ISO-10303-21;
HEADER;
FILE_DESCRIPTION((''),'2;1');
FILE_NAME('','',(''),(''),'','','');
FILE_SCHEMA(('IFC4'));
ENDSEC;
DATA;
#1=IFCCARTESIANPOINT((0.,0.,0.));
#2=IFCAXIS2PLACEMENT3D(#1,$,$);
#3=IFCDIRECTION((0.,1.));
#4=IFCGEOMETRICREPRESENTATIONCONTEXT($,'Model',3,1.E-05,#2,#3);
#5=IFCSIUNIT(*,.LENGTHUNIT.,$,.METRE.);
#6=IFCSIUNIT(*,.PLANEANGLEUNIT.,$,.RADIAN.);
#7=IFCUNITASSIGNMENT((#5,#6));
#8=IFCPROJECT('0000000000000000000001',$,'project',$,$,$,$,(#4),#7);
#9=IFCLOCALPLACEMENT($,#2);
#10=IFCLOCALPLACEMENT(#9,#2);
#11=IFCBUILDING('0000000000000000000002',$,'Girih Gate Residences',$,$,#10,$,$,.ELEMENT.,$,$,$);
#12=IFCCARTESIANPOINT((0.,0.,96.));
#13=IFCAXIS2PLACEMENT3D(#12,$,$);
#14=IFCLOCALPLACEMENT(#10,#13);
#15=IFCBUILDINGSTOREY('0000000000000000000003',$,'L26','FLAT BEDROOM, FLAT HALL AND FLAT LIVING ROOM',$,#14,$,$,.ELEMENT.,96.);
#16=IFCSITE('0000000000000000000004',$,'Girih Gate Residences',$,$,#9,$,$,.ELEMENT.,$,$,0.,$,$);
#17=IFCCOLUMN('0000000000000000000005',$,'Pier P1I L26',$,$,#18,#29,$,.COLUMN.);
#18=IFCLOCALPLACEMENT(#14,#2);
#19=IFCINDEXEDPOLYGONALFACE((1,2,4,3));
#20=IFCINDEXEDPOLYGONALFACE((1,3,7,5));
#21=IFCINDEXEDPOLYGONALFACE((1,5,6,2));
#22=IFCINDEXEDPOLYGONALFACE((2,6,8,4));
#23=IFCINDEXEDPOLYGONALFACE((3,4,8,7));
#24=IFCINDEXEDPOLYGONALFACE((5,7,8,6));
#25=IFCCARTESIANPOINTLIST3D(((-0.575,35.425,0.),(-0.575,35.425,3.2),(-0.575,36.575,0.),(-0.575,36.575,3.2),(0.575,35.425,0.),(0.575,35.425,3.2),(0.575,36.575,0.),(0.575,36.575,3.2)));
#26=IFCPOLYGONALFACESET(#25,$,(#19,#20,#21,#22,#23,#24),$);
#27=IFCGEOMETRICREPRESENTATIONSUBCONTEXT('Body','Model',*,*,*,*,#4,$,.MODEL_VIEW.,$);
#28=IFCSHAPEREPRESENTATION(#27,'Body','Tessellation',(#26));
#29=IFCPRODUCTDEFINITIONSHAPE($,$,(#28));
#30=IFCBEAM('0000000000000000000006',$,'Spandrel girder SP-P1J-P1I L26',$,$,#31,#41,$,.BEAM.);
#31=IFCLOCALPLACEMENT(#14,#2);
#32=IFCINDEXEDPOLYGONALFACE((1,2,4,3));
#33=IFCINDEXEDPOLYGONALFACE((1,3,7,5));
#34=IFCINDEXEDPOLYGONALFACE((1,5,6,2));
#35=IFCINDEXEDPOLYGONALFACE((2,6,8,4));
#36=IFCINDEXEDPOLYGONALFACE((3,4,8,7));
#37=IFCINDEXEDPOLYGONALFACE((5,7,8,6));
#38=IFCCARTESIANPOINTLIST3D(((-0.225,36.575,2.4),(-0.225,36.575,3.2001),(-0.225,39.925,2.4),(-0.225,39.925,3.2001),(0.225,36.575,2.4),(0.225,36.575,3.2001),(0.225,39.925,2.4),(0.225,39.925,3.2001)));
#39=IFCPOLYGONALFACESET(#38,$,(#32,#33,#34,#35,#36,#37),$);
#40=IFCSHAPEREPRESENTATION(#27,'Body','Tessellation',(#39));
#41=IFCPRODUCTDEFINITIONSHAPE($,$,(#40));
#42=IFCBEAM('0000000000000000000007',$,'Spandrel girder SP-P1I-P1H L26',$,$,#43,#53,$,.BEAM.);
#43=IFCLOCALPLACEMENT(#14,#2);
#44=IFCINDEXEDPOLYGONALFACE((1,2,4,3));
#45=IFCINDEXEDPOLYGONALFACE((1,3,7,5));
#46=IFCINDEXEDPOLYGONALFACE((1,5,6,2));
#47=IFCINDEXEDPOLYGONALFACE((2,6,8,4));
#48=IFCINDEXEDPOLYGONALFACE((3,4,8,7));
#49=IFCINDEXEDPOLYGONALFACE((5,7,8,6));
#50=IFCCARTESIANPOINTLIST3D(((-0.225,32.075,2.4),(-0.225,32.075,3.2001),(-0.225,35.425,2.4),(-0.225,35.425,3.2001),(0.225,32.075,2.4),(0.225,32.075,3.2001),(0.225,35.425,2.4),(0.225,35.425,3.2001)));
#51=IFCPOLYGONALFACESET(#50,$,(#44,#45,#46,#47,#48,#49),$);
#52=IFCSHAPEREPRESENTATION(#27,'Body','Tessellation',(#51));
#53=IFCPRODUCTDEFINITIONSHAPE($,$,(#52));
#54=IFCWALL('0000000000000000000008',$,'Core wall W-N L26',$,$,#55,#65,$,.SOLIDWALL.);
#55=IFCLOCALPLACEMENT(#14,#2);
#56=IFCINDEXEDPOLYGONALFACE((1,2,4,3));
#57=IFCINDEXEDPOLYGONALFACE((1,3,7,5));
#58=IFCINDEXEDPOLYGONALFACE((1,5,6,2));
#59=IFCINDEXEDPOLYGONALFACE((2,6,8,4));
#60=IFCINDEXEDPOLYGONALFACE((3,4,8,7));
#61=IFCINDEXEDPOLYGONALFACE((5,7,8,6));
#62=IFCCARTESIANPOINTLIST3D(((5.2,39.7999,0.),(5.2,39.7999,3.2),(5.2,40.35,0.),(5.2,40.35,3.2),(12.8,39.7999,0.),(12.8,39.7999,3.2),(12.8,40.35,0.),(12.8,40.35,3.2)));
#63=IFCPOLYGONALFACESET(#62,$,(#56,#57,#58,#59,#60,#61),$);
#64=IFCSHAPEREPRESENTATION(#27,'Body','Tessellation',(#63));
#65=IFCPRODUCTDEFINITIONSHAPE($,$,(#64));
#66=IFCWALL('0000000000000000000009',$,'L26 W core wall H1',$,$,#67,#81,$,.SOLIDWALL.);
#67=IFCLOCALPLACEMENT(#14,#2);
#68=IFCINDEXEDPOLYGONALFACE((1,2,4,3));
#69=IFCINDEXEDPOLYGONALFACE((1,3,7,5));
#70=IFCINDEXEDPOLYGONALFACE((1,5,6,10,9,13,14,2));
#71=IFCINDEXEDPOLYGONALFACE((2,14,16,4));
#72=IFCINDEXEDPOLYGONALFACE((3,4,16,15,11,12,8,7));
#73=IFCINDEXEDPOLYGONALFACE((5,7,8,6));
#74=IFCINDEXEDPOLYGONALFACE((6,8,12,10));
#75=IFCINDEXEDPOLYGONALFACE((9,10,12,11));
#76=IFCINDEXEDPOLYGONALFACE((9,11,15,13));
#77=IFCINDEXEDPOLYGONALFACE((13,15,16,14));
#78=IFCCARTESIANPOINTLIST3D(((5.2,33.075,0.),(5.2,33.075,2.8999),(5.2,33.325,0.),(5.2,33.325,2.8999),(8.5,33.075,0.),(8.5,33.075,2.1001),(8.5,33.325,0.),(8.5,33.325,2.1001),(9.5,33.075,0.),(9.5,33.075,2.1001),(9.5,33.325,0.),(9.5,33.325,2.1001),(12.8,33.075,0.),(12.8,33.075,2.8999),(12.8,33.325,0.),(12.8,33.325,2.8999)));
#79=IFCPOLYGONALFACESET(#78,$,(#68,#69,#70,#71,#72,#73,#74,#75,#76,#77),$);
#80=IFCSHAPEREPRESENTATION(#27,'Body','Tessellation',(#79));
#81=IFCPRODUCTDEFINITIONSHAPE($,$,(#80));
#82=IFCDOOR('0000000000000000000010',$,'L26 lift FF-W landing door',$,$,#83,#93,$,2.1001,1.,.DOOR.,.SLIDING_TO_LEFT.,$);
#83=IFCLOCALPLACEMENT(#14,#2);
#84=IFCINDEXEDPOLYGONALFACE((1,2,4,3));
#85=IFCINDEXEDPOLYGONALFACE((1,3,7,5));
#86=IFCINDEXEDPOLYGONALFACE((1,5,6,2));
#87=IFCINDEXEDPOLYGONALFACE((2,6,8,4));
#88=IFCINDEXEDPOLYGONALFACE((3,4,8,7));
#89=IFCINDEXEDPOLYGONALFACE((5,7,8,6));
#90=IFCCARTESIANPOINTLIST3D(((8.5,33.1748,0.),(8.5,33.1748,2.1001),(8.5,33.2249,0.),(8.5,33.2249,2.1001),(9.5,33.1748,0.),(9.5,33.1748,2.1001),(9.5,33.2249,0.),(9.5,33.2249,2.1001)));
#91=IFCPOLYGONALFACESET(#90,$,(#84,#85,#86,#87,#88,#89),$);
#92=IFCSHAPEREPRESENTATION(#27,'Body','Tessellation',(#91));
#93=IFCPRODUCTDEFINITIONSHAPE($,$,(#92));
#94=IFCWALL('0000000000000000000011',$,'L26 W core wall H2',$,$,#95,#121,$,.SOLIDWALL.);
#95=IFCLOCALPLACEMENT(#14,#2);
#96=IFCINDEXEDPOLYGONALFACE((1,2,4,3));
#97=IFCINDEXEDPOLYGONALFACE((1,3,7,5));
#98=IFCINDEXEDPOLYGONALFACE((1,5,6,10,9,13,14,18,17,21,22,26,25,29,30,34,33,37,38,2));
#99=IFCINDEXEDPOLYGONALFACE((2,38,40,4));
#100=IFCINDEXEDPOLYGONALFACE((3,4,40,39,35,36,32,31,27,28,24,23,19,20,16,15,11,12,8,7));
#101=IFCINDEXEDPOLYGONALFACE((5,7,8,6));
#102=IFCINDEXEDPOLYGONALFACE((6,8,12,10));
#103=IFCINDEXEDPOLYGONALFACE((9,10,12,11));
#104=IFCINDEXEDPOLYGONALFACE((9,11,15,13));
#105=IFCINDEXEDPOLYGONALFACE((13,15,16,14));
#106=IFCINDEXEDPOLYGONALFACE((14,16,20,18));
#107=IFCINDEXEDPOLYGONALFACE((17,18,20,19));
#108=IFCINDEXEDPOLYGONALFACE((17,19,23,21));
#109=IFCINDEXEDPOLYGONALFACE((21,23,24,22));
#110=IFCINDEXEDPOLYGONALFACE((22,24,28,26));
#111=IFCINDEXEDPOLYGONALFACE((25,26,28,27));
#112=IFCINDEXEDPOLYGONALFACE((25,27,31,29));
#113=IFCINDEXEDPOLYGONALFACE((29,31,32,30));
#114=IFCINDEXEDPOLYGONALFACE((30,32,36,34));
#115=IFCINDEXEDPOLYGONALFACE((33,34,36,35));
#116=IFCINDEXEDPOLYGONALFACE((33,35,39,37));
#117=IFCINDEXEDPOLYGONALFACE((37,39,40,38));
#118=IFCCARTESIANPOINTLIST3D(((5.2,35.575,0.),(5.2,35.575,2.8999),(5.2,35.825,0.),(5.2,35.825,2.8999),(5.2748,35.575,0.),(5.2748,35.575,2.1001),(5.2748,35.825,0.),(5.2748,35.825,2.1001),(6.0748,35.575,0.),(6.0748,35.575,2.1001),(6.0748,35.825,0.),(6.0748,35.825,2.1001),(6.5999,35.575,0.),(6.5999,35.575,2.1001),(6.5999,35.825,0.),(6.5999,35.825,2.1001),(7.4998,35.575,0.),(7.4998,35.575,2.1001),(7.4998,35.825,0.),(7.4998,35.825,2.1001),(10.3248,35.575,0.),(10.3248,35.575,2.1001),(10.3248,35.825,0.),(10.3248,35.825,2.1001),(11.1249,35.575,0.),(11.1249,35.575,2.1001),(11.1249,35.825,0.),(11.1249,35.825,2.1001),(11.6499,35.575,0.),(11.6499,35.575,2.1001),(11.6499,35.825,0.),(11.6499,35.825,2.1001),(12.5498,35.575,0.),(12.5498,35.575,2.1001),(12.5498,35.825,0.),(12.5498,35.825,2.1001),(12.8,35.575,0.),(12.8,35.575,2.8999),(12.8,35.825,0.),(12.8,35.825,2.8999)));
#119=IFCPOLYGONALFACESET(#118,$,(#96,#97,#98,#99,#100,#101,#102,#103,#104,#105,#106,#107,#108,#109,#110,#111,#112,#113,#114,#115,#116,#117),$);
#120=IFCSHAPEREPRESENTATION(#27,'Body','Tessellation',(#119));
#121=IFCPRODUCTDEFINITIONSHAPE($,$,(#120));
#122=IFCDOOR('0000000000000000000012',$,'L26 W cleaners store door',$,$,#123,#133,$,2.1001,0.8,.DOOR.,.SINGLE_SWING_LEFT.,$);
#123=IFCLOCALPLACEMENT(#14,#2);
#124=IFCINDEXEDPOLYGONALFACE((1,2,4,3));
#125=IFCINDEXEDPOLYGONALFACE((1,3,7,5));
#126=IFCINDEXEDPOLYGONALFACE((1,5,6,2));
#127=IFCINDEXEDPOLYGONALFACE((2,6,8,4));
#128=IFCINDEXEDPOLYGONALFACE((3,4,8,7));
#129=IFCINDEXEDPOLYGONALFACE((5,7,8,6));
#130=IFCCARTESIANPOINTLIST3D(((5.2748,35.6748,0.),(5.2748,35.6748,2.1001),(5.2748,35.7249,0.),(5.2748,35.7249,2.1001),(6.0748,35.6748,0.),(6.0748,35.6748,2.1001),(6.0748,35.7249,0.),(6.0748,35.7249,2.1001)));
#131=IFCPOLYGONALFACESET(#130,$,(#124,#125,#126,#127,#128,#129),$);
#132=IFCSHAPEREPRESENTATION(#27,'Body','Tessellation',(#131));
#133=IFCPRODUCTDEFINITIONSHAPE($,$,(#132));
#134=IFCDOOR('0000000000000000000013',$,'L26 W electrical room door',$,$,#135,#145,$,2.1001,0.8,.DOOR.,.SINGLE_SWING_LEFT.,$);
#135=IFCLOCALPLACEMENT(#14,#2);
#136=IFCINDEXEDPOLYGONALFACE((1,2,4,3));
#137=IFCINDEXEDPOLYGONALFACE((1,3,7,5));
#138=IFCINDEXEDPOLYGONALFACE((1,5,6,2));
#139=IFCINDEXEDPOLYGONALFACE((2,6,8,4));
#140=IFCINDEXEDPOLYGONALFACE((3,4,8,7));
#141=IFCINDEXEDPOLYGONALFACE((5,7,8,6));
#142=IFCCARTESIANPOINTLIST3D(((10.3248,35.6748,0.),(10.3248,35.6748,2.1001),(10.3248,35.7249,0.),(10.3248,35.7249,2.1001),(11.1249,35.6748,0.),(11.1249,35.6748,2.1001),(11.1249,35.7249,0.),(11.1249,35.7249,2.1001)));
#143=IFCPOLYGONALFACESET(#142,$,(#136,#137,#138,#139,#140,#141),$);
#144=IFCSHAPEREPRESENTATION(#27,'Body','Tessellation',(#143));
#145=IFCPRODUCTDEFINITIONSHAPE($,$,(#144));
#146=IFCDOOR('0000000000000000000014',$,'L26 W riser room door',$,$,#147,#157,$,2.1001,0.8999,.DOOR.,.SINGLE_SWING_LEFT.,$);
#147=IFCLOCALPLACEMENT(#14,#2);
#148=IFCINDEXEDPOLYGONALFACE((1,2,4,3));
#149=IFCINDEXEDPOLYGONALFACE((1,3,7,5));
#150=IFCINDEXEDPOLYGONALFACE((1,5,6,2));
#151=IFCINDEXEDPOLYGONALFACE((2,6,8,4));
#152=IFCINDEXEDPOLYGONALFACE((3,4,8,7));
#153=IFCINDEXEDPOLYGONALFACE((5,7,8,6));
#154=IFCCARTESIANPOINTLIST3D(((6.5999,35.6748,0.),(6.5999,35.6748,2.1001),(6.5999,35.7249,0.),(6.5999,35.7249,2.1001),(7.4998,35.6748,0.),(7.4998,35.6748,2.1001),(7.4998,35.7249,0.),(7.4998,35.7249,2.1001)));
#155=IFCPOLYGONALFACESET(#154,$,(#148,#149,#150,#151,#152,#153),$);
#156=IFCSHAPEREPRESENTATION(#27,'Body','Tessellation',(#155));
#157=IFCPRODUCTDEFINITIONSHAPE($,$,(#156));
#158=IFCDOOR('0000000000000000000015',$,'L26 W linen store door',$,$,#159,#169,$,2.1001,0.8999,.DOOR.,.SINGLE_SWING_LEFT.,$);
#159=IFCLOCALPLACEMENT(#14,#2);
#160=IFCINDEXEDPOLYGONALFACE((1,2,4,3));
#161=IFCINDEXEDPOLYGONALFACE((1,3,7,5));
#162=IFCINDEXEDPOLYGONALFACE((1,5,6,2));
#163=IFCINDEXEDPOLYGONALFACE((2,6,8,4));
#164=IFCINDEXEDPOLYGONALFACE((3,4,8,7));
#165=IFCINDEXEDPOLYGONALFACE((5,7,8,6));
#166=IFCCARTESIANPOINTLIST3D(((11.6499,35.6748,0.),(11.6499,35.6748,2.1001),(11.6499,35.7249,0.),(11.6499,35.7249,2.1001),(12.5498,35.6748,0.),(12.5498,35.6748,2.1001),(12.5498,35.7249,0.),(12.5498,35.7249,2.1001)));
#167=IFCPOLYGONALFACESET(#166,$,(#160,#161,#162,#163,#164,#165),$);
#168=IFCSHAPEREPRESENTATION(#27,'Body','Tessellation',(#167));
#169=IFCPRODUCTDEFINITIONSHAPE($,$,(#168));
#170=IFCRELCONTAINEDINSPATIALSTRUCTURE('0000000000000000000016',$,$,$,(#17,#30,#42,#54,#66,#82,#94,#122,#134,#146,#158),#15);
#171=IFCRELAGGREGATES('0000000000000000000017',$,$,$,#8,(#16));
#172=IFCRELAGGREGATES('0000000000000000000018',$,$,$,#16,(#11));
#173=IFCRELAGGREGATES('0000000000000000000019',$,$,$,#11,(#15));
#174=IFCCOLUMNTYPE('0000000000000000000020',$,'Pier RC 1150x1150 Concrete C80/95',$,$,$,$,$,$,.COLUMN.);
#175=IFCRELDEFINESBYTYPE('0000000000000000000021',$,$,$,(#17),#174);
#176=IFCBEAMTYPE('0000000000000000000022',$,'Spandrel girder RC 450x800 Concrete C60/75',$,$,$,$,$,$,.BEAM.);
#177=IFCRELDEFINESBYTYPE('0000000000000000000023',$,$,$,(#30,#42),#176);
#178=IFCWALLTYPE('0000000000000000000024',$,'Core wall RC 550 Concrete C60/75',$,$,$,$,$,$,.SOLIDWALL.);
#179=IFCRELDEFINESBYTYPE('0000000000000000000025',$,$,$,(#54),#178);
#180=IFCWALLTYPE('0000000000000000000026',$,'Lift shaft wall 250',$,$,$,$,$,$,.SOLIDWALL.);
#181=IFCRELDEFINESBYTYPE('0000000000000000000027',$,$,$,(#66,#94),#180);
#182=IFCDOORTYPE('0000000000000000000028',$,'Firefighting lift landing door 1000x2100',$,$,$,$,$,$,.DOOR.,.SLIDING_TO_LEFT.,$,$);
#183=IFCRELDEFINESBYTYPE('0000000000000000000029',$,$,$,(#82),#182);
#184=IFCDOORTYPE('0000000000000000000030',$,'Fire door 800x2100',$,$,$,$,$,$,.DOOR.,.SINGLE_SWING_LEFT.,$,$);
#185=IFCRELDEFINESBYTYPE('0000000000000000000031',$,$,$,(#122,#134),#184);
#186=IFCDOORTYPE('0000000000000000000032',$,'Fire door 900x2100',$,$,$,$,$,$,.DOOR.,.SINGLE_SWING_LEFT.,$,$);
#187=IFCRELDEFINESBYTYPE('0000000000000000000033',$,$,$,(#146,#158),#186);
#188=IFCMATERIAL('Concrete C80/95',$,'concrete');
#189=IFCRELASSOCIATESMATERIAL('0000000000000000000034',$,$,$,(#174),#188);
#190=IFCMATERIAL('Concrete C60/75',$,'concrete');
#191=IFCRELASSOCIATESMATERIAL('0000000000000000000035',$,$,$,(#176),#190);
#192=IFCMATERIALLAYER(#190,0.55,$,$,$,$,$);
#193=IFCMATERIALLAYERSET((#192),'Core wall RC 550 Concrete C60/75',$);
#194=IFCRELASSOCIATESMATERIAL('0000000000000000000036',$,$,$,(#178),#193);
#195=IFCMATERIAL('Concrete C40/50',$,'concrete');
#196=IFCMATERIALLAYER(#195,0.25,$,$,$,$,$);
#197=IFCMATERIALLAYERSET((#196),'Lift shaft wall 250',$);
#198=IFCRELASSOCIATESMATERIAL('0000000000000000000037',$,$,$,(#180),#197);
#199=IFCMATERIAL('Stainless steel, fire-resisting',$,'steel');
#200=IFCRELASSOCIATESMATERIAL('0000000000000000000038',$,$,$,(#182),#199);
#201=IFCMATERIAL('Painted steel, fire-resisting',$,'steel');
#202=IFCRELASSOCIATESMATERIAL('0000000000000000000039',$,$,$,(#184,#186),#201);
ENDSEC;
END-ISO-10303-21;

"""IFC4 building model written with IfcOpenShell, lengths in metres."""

from ifc_helpers import new_model, si_unit, direction, frame, frame_2d, origin, origin_2d, place, context, subcontext, project, spatial, rectangle, extrude, material, layer, layer_set, material_profile, profile_set, type_object, element, fill, save


model = new_model("IFC4")

# Units and contexts
model_context = context("Model", 3, precision=1e-05, world=origin(), true_north=direction((0.0, 1.0)))
body_context = subcontext(model_context, "Body", "Model", "MODEL_VIEW")
ifc_project = project(units=[si_unit("LENGTHUNIT", "METRE"), si_unit("PLANEANGLEUNIT", "RADIAN")], contexts=[model_context])

# Site, building, storey
site_placement = place(None, origin())
site = spatial("IfcSite", under=ifc_project, at=site_placement, Name="Girih Gate Residences", CompositionType="ELEMENT", RefElevation=0.0)
building_placement = place(site_placement, origin())
building = spatial("IfcBuilding", under=site, at=building_placement, Name="Girih Gate Residences", CompositionType="ELEMENT")
storey_placement = place(building_placement, frame((0.0, 0.0, 96.0)))
storey = spatial("IfcBuildingStorey", under=building, at=storey_placement, Name="L26", Description="FLAT BEDROOM, FLAT HALL AND FLAT LIVING ROOM", CompositionType="ELEMENT", Elevation=96.0)

# Column
ifc_material_1 = material(Name="Concrete C80/95", Category="concrete")
ifc_material_profile_1 = material_profile(ifc_material_1, rectangle(XDim=1.1499, YDim=1.1499, at=origin_2d()))
ifc_profile_set_1 = profile_set([ifc_material_profile_1], Name="Concrete C80/95")
column_type = type_object("IfcColumnType", Name="Pier RC 1150x1150 Concrete C80/95", PredefinedType="COLUMN", material=ifc_profile_set_1)
column_placement = place(storey_placement, frame((0.0, 36.0, 0.0), z_axis=(0.0, 0.0, 1.0), x_axis=(1.0, 0.0, 0.0)))
element("IfcColumn", 1, at=column_placement, inside=storey, type_object=column_type, Name="Pier P1I L26", PredefinedType="COLUMN", context=body_context, shape_type="SweptSolid", body=[
    extrude(rectangle(XDim=1.1499, YDim=1.1499, at=origin_2d()), origin(), (0.0, 0.0, 1.0), 3.2),
])

# Beams
ifc_material_2 = material(Name="Concrete C60/75", Category="concrete")
ifc_material_profile_2 = material_profile(ifc_material_2, rectangle(XDim=0.45, YDim=0.8, at=origin_2d()))
ifc_profile_set_2 = profile_set([ifc_material_profile_2], Name="Concrete C60/75")
beam_type = type_object("IfcBeamType", Name="Spandrel girder RC 450x800 Concrete C60/75", PredefinedType="BEAM", material=ifc_profile_set_2)
for number, where, z_axis, x_axis, name in (
    (2, (0.0, 39.925, 2.8), (0.0, -1.0, 0.0), (1.0, 0.0, 0.0), "Spandrel girder SP-P1J-P1I L26"),
    (3, (0.0, 35.425, 2.8), (0.0, -1.0, 0.0), (1.0, 0.0, 0.0), "Spandrel girder SP-P1I-P1H L26"),
):
    element("IfcBeam", number, at=place(storey_placement, frame(where, z_axis=z_axis, x_axis=x_axis)), inside=storey, type_object=beam_type, Name=name, PredefinedType="BEAM", context=body_context, shape_type="SweptSolid", body=[
        extrude(rectangle(XDim=0.45, YDim=0.8, at=origin_2d()), origin(), (0.0, 0.0, 1.0), 3.3501),
    ])

# Wall
ifc_layer_1 = layer(ifc_material_2, 0.55)
ifc_layer_set_1 = layer_set([ifc_layer_1], Name="Core wall RC 550 Concrete C60/75")
wall_type_1 = type_object("IfcWallType", Name="Core wall RC 550 Concrete C60/75", PredefinedType="SOLIDWALL", material=ifc_layer_set_1)
wall_1_placement = place(storey_placement, frame((5.2, 40.075, 0.0), z_axis=(0.0, 0.0, 1.0), x_axis=(1.0, 0.0, 0.0)))
element("IfcWall", 4, at=wall_1_placement, inside=storey, type_object=wall_type_1, Name="Core wall W-N L26", PredefinedType="SOLIDWALL", context=body_context, shape_type="SweptSolid", body=[
    extrude(rectangle(XDim=7.6001, YDim=0.55, at=frame_2d((3.8, 0.0))), origin(), (0.0, 0.0, 1.0), 3.2),
])

# Wall, opening, door
ifc_material_3 = material(Name="Concrete C40/50", Category="concrete")
ifc_layer_2 = layer(ifc_material_3, 0.25)
ifc_layer_set_2 = layer_set([ifc_layer_2], Name="Lift shaft wall 250")
wall_type_2 = type_object("IfcWallType", Name="Lift shaft wall 250", PredefinedType="SOLIDWALL", material=ifc_layer_set_2)
wall_2_placement = place(storey_placement, frame((5.2, 33.2, 0.0), z_axis=(0.0, 0.0, 1.0), x_axis=(1.0, 0.0, 0.0)))
wall_2 = element("IfcWall", 5, at=wall_2_placement, inside=storey, type_object=wall_type_2, Name="L26 W core wall H1", PredefinedType="SOLIDWALL", context=body_context, shape_type="SweptSolid", body=[
    extrude(rectangle(XDim=7.6001, YDim=0.25, at=frame_2d((3.8, 0.0))), origin(), (0.0, 0.0, 1.0), 2.8999),
])
opening_1_placement = place(wall_2_placement, frame((3.3, 0.0, 0.0)))
opening_1 = element("IfcOpeningElement", 6, at=opening_1_placement, cuts=wall_2, PredefinedType="OPENING", context=body_context, shape_type="SweptSolid", body=[
    extrude(rectangle(XDim=1.0, YDim=2.1001, at=frame_2d((0.5, 1.05))), frame((0.0, 0.135, 0.0), z_axis=(0.0, -1.0, 0.0), x_axis=(1.0, 0.0, 0.0)), (0.0, 0.0, 1.0), 0.27),
])
ifc_material_4 = material(Name="Stainless steel, fire-resisting", Category="steel")
door_type_1 = type_object("IfcDoorType", Name="Firefighting lift landing door 1000x2100", OperationType="SLIDING_TO_LEFT", PredefinedType="DOOR", material=ifc_material_4)
door_1_placement = place(opening_1_placement, origin())
door_1 = element("IfcDoor", 7, at=door_1_placement, inside=storey, type_object=door_type_1, Name="L26 lift FF-W landing door", OperationType="SLIDING_TO_LEFT", OverallHeight=2.1001, OverallWidth=1.0, PredefinedType="DOOR", context=body_context, shape_type="SweptSolid", body=[
    extrude(rectangle(XDim=1.0, YDim=2.1001, at=frame_2d((0.5, 1.05))), frame((0.0, 0.0249, 0.0), z_axis=(0.0, -1.0, 0.0), x_axis=(1.0, 0.0, 0.0)), (0.0, 0.0, 1.0), 0.05),
])
fill(opening_1, door_1)

# Wall, openings, doors
wall_3_placement = place(storey_placement, frame((5.2, 35.7, 0.0), z_axis=(0.0, 0.0, 1.0), x_axis=(1.0, 0.0, 0.0)))
wall_3 = element("IfcWall", 8, at=wall_3_placement, inside=storey, type_object=wall_type_2, Name="L26 W core wall H2", PredefinedType="SOLIDWALL", context=body_context, shape_type="SweptSolid", body=[
    extrude(rectangle(XDim=7.6001, YDim=0.25, at=frame_2d((3.8, 0.0))), origin(), (0.0, 0.0, 1.0), 2.8999),
])
opening_2_placement = place(wall_3_placement, frame((0.075, 0.0, 0.0)))
opening_2 = element("IfcOpeningElement", 9, at=opening_2_placement, cuts=wall_3, PredefinedType="OPENING", context=body_context, shape_type="SweptSolid", body=[
    extrude(rectangle(XDim=0.8, YDim=2.1001, at=frame_2d((0.3999, 1.05))), frame((0.0, 0.135, 0.0), z_axis=(0.0, -1.0, 0.0), x_axis=(1.0, 0.0, 0.0)), (0.0, 0.0, 1.0), 0.27),
])
opening_3_placement = place(wall_3_placement, frame((1.3999, 0.0, 0.0)))
opening_3 = element("IfcOpeningElement", 10, at=opening_3_placement, cuts=wall_3, PredefinedType="OPENING", context=body_context, shape_type="SweptSolid", body=[
    extrude(rectangle(XDim=0.8999, YDim=2.1001, at=frame_2d((0.45, 1.05))), frame((0.0, 0.135, 0.0), z_axis=(0.0, -1.0, 0.0), x_axis=(1.0, 0.0, 0.0)), (0.0, 0.0, 1.0), 0.27),
])
opening_4_placement = place(wall_3_placement, frame((5.125, 0.0, 0.0)))
opening_4 = element("IfcOpeningElement", 11, at=opening_4_placement, cuts=wall_3, PredefinedType="OPENING", context=body_context, shape_type="SweptSolid", body=[
    extrude(rectangle(XDim=0.8, YDim=2.1001, at=frame_2d((0.3999, 1.05))), frame((0.0, 0.135, 0.0), z_axis=(0.0, -1.0, 0.0), x_axis=(1.0, 0.0, 0.0)), (0.0, 0.0, 1.0), 0.27),
])
opening_5_placement = place(wall_3_placement, frame((6.45, 0.0, 0.0)))
opening_5 = element("IfcOpeningElement", 12, at=opening_5_placement, cuts=wall_3, PredefinedType="OPENING", context=body_context, shape_type="SweptSolid", body=[
    extrude(rectangle(XDim=0.8999, YDim=2.1001, at=frame_2d((0.45, 1.05))), frame((0.0, 0.135, 0.0), z_axis=(0.0, -1.0, 0.0), x_axis=(1.0, 0.0, 0.0)), (0.0, 0.0, 1.0), 0.27),
])
ifc_material_5 = material(Name="Painted steel, fire-resisting", Category="steel")
door_type_2 = type_object("IfcDoorType", Name="Fire door 800x2100", OperationType="SINGLE_SWING_LEFT", PredefinedType="DOOR", material=ifc_material_5)
door_2_placement = place(opening_2_placement, origin())
door_2 = element("IfcDoor", 13, at=door_2_placement, inside=storey, type_object=door_type_2, Name="L26 W cleaners store door", OperationType="SINGLE_SWING_LEFT", OverallHeight=2.1001, OverallWidth=0.8, PredefinedType="DOOR", context=body_context, shape_type="SweptSolid", body=[
    extrude(rectangle(XDim=0.8, YDim=2.1001, at=frame_2d((0.3999, 1.05))), frame((0.0, 0.0249, 0.0), z_axis=(0.0, -1.0, 0.0), x_axis=(1.0, 0.0, 0.0)), (0.0, 0.0, 1.0), 0.05),
])
fill(opening_2, door_2)
door_3_placement = place(opening_4_placement, origin())
door_3 = element("IfcDoor", 14, at=door_3_placement, inside=storey, type_object=door_type_2, Name="L26 W electrical room door", OperationType="SINGLE_SWING_LEFT", OverallHeight=2.1001, OverallWidth=0.8, PredefinedType="DOOR", context=body_context, shape_type="SweptSolid", body=[
    extrude(rectangle(XDim=0.8, YDim=2.1001, at=frame_2d((0.3999, 1.05))), frame((0.0, 0.0249, 0.0), z_axis=(0.0, -1.0, 0.0), x_axis=(1.0, 0.0, 0.0)), (0.0, 0.0, 1.0), 0.05),
])
fill(opening_4, door_3)
door_type_3 = type_object("IfcDoorType", Name="Fire door 900x2100", OperationType="SINGLE_SWING_LEFT", PredefinedType="DOOR", material=ifc_material_5)
door_4_placement = place(opening_3_placement, origin())
door_4 = element("IfcDoor", 15, at=door_4_placement, inside=storey, type_object=door_type_3, Name="L26 W riser room door", OperationType="SINGLE_SWING_LEFT", OverallHeight=2.1001, OverallWidth=0.8999, PredefinedType="DOOR", context=body_context, shape_type="SweptSolid", body=[
    extrude(rectangle(XDim=0.8999, YDim=2.1001, at=frame_2d((0.45, 1.05))), frame((0.0, 0.0249, 0.0), z_axis=(0.0, -1.0, 0.0), x_axis=(1.0, 0.0, 0.0)), (0.0, 0.0, 1.0), 0.05),
])
fill(opening_3, door_4)
door_5_placement = place(opening_5_placement, origin())
door_5 = element("IfcDoor", 16, at=door_5_placement, inside=storey, type_object=door_type_3, Name="L26 W linen store door", OperationType="SINGLE_SWING_LEFT", OverallHeight=2.1001, OverallWidth=0.8999, PredefinedType="DOOR", context=body_context, shape_type="SweptSolid", body=[
    extrude(rectangle(XDim=0.8999, YDim=2.1001, at=frame_2d((0.45, 1.05))), frame((0.0, 0.0249, 0.0), z_axis=(0.0, -1.0, 0.0), x_axis=(1.0, 0.0, 0.0)), (0.0, 0.0, 1.0), 0.05),
])
fill(opening_5, door_5)

save(model, "model.ifc")
